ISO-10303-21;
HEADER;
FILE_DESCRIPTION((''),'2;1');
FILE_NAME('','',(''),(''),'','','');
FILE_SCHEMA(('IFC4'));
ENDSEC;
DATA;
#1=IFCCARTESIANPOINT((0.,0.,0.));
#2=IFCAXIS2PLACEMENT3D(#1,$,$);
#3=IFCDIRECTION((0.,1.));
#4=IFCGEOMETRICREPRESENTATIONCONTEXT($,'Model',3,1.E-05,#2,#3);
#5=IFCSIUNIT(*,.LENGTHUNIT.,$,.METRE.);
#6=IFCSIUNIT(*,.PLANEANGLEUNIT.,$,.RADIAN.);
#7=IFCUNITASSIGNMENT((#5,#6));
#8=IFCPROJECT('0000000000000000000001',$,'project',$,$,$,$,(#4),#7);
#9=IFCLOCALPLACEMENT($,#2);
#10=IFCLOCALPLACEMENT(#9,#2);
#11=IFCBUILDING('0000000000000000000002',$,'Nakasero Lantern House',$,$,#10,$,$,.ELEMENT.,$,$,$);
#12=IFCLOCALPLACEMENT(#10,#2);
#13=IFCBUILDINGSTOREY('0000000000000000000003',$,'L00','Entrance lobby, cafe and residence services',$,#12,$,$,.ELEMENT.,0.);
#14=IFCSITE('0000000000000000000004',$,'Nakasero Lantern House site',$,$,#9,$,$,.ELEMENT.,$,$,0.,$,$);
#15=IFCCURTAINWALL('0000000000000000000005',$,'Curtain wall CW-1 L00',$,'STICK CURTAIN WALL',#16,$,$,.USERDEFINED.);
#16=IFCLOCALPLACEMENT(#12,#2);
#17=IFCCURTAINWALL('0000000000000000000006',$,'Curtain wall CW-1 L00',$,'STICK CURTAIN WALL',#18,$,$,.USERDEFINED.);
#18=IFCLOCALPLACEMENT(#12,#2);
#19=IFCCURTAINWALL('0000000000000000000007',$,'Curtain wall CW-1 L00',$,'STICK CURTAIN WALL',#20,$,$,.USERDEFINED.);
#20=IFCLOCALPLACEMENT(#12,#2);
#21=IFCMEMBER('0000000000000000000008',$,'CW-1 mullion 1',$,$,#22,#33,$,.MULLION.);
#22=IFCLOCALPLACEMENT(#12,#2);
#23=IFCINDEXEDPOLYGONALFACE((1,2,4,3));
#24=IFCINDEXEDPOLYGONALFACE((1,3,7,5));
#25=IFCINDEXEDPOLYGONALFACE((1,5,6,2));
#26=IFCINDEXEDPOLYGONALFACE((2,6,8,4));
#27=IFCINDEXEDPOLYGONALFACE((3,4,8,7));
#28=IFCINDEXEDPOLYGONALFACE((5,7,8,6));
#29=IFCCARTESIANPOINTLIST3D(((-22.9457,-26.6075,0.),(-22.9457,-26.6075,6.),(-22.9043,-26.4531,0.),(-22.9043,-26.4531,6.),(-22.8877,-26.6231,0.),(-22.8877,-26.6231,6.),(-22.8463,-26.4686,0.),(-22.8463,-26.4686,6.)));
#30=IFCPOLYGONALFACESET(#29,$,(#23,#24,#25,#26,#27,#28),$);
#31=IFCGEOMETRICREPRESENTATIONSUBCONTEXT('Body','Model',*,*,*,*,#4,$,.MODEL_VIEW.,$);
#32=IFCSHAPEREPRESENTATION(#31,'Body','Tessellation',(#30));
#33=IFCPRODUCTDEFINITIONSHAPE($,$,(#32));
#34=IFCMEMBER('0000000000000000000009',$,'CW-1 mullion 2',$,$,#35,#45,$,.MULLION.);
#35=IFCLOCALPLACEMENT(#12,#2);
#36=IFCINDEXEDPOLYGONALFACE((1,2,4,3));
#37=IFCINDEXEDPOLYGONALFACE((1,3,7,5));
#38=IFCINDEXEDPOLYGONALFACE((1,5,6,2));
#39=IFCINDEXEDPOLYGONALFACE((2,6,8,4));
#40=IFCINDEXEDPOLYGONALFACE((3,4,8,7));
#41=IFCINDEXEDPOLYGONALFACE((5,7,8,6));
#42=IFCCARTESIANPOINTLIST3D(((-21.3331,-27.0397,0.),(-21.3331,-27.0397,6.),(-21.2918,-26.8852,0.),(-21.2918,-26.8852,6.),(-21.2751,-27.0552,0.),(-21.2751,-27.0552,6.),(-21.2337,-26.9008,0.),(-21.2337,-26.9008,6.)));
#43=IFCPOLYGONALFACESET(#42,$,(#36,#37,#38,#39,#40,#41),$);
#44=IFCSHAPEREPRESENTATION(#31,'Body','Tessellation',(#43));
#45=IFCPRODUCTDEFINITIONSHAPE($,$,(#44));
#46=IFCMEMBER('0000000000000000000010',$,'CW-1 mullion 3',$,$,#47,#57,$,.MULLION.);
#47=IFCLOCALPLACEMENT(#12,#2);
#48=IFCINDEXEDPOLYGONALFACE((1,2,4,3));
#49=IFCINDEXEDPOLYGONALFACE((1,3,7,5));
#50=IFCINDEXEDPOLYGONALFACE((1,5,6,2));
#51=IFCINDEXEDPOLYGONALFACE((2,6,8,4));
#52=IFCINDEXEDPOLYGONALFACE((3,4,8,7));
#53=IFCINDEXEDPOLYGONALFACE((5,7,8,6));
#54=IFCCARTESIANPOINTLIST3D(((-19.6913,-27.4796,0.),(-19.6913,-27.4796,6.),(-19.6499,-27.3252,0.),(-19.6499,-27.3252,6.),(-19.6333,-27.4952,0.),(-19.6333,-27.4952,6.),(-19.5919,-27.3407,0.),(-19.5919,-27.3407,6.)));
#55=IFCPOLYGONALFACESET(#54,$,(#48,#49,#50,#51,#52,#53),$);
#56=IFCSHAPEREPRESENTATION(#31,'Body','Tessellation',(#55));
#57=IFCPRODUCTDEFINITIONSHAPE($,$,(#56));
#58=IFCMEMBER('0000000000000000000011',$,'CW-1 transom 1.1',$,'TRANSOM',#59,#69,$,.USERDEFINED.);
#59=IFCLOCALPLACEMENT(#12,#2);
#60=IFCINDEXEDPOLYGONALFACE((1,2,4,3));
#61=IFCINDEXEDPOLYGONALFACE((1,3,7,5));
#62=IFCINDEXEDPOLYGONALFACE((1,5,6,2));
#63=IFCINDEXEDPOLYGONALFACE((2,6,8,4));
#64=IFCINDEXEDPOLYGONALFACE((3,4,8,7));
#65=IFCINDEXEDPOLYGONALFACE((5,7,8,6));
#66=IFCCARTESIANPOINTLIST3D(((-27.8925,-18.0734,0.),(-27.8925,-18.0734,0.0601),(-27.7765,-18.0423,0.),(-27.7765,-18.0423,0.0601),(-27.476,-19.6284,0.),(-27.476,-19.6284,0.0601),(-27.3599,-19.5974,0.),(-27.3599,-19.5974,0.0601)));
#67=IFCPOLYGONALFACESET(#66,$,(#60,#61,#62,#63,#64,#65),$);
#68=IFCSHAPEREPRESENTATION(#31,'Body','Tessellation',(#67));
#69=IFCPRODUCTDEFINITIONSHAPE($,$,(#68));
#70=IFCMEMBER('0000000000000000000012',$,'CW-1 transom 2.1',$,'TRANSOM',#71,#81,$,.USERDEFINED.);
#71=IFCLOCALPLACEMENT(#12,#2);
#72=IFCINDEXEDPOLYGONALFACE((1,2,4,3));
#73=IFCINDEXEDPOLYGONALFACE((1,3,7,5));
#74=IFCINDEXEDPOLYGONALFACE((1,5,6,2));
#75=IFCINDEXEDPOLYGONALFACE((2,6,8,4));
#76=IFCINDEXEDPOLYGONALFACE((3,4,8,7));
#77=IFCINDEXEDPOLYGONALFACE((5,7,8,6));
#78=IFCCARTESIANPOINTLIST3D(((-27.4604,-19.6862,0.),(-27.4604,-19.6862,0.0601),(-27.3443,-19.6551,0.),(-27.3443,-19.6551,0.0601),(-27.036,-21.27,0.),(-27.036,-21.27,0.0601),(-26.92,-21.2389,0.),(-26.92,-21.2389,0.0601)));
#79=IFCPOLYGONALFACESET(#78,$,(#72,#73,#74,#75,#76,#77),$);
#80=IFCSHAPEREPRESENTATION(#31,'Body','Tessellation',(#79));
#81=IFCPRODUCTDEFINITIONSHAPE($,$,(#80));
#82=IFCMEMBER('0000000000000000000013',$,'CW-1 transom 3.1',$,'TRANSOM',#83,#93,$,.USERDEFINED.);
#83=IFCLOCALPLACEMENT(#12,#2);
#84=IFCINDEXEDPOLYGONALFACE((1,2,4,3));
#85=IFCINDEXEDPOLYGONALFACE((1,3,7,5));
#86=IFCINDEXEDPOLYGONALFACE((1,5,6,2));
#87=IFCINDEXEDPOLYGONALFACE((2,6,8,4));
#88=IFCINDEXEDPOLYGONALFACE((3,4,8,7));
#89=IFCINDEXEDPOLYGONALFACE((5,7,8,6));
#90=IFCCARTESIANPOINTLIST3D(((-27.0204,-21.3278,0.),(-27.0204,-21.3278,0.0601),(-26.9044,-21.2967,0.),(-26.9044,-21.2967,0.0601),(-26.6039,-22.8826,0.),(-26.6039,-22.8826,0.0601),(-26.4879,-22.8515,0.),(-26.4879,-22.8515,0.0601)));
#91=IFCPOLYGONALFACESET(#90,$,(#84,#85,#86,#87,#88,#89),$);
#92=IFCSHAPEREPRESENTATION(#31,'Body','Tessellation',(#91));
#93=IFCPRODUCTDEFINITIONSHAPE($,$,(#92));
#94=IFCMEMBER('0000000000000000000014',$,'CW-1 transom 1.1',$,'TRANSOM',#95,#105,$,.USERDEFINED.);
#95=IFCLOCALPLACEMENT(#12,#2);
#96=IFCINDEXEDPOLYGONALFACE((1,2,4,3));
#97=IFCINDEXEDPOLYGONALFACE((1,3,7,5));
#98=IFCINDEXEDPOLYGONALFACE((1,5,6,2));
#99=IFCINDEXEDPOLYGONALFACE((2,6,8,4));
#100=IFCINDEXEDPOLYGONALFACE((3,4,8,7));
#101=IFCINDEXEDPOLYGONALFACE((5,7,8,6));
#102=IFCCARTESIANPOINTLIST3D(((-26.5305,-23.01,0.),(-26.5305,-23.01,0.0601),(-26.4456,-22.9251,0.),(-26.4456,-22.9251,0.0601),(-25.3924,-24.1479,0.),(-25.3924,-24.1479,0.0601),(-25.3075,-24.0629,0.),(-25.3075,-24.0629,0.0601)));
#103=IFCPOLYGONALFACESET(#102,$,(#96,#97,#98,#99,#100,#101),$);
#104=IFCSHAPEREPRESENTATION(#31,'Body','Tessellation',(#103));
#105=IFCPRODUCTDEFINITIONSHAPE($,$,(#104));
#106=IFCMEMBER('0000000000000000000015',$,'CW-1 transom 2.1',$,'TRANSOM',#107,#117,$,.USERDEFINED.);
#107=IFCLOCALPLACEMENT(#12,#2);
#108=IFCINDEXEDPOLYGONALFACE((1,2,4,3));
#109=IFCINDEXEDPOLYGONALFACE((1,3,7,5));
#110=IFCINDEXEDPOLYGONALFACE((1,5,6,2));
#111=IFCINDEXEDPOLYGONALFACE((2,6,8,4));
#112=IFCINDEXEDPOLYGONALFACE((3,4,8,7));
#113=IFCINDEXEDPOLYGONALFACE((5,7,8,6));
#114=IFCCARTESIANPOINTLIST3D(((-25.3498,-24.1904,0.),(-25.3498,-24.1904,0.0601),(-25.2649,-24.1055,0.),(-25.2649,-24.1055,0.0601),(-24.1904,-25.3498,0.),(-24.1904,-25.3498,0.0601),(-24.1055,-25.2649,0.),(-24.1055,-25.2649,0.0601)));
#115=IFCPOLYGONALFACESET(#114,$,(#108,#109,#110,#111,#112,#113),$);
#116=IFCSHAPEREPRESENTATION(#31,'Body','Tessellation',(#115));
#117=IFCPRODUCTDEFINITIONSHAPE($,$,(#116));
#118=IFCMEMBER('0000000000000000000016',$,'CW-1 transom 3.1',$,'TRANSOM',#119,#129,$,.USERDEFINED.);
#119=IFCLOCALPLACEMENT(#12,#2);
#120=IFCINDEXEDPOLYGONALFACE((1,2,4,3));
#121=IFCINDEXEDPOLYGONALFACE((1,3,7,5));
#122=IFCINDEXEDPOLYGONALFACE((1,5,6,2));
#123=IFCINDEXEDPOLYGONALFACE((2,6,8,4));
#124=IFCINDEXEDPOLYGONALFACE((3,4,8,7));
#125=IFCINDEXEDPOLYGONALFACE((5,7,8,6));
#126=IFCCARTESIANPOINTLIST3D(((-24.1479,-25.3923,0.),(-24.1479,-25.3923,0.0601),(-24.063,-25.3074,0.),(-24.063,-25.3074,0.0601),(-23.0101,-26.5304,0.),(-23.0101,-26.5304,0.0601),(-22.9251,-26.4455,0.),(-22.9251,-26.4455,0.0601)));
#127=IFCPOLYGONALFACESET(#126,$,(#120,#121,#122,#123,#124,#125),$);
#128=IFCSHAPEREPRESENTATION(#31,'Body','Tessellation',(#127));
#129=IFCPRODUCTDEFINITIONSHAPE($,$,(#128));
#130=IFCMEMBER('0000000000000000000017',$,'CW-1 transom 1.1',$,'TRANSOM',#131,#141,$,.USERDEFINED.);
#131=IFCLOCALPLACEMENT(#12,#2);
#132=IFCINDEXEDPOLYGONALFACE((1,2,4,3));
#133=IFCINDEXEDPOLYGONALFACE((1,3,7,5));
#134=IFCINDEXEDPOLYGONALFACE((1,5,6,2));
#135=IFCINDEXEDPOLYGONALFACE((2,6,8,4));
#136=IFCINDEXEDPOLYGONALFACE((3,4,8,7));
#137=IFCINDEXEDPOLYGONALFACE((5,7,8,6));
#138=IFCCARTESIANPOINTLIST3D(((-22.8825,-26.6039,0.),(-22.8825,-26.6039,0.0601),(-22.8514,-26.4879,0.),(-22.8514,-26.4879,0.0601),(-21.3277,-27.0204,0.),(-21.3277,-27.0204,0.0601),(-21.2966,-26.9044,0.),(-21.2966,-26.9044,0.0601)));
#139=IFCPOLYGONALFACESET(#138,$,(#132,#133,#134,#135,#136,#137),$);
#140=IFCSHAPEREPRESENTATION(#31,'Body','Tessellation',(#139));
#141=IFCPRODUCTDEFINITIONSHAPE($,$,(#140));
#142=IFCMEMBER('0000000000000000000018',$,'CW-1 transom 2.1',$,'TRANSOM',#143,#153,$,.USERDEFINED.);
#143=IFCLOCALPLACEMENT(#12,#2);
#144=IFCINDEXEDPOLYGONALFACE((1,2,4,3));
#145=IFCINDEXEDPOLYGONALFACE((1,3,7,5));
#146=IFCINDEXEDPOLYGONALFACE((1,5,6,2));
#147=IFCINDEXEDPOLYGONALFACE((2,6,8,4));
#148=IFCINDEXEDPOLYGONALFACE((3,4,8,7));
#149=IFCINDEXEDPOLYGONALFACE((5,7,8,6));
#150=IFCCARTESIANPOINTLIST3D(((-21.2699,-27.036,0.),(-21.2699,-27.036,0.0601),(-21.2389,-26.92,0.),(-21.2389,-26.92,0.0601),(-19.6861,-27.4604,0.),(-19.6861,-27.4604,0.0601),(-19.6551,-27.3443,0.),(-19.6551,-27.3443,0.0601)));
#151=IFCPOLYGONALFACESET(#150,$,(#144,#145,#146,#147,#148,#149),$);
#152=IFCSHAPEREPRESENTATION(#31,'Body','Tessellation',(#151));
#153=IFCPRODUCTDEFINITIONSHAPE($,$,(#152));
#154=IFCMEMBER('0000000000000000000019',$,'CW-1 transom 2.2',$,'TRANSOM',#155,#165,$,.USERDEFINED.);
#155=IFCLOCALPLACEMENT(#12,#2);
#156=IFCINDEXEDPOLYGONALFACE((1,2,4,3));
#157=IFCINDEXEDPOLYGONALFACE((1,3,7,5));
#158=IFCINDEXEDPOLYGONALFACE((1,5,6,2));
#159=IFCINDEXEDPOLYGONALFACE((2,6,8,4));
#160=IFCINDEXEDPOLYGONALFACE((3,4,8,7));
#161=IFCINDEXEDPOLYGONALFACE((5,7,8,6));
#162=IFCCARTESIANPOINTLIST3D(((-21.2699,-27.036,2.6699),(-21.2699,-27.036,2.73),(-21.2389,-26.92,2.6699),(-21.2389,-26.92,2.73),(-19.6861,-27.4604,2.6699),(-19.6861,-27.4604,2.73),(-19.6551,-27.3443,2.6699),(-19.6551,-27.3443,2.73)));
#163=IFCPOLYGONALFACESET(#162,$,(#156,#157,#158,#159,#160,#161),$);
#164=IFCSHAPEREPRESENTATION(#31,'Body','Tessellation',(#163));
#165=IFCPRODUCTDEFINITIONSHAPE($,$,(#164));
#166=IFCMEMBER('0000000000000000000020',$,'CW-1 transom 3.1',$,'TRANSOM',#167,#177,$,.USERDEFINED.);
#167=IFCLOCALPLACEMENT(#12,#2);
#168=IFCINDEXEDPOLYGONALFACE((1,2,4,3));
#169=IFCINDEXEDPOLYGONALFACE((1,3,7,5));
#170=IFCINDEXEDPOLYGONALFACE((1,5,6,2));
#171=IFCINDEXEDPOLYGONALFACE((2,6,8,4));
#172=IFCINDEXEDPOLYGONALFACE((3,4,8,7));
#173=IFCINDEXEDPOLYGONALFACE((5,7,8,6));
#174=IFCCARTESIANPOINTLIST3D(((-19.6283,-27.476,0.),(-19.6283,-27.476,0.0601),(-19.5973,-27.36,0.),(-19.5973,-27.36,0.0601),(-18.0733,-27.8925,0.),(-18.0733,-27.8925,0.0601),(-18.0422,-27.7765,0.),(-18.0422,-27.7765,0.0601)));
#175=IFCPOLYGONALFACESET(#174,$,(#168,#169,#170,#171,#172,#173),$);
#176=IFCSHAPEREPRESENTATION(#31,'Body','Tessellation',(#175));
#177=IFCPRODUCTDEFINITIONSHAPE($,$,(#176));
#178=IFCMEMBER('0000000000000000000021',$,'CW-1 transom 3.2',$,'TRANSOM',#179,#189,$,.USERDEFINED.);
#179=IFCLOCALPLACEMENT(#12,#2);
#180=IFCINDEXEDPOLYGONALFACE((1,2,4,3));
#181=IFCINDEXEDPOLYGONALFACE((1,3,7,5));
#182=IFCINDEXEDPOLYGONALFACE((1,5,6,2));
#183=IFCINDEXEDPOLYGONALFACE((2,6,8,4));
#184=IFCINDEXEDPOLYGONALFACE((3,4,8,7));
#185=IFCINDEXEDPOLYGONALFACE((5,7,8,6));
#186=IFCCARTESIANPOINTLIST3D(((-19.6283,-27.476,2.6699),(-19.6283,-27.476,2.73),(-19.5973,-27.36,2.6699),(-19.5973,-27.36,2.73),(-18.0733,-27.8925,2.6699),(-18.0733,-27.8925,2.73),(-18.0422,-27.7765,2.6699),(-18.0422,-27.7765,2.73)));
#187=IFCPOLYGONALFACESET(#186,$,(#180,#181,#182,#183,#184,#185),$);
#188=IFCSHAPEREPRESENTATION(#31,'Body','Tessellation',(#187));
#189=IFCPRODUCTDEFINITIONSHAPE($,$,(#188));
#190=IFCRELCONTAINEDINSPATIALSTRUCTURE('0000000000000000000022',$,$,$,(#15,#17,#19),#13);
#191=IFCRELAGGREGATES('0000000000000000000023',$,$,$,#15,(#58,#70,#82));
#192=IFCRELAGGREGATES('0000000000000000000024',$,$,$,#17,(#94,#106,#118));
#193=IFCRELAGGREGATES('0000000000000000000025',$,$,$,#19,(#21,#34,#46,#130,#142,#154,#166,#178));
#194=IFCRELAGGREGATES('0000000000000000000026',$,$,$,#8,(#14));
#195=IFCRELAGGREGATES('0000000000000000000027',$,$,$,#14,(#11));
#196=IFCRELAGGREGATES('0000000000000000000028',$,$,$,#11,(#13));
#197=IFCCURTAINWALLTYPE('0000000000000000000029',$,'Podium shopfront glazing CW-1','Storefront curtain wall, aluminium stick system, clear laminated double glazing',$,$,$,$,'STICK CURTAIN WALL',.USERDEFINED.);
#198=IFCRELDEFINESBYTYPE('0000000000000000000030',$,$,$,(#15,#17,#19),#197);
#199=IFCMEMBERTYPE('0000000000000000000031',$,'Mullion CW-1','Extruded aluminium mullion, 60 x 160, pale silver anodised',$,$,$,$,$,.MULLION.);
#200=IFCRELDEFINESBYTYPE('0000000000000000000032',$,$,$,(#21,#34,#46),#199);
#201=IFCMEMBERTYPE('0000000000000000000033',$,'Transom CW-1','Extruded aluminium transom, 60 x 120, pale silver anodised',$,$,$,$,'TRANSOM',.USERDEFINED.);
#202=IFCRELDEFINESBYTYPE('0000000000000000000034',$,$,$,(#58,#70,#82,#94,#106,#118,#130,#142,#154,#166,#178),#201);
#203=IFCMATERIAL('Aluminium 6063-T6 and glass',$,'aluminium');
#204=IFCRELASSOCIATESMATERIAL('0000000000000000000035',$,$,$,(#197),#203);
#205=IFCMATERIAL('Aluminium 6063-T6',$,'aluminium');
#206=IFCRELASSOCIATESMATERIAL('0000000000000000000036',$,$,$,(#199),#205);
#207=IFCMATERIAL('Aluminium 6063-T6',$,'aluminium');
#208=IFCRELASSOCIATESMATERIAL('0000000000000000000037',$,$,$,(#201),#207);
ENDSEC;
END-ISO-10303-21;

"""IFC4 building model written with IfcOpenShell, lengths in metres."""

from ifc_helpers import new_model, si_unit, direction, frame, origin, origin_2d, place, context, subcontext, project, spatial, rectangle, extrude, material, material_profile, profile_set, type_object, element, aggregate, save


model = new_model("IFC4")

# Units and contexts
model_context = context("Model", 3, precision=1e-05, world=origin(), true_north=direction((0.0, 1.0)))
body_context = subcontext(model_context, "Body", "Model", "MODEL_VIEW")
ifc_project = project(units=[si_unit("LENGTHUNIT", "METRE"), si_unit("PLANEANGLEUNIT", "RADIAN")], contexts=[model_context])

# Site, building, storey
site_placement = place(None, origin())
site = spatial("IfcSite", under=ifc_project, at=site_placement, Name="Nakasero Lantern House site", CompositionType="ELEMENT", RefElevation=0.0)
building_placement = place(site_placement, origin())
building = spatial("IfcBuilding", under=site, at=building_placement, Name="Nakasero Lantern House", CompositionType="ELEMENT")
storey_placement = place(building_placement, origin())
storey = spatial("IfcBuildingStorey", under=building, at=storey_placement, Name="L00", Description="Entrance lobby, cafe and residence services", CompositionType="ELEMENT", Elevation=0.0)

# Curtain walls, members
ifc_material_1 = material(Name="Aluminium 6063-T6 and glass", Category="aluminium")
curtain_wall_type = type_object("IfcCurtainWallType", Name="Podium shopfront glazing CW-1", Description="Storefront curtain wall, aluminium stick system, clear laminated double glazing", ElementType="STICK CURTAIN WALL", PredefinedType="USERDEFINED", material=ifc_material_1)
curtain_wall_1_placement = place(storey_placement, origin())
curtain_wall_1 = element("IfcCurtainWall", 1, at=curtain_wall_1_placement, inside=storey, type_object=curtain_wall_type, Name="Curtain wall CW-1 L00", ObjectType="STICK CURTAIN WALL", PredefinedType="USERDEFINED")
ifc_material_2 = material(Name="Aluminium 6063-T6", Category="aluminium")
ifc_material_profile_1 = material_profile(ifc_material_2, rectangle(XDim=0.0601, YDim=0.1599, at=origin_2d()), Name="CW-1 mullion 60x160")
ifc_profile_set_1 = profile_set([ifc_material_profile_1], Name="Aluminium 6063-T6")
member_type_1 = type_object("IfcMemberType", Name="Mullion CW-1", Description="Extruded aluminium mullion, 60 x 160, pale silver anodised", PredefinedType="MULLION", material=ifc_profile_set_1)
curtain_wall_2_placement = place(storey_placement, origin())
curtain_wall_2 = element("IfcCurtainWall", 2, at=curtain_wall_2_placement, inside=storey, type_object=curtain_wall_type, Name="Curtain wall CW-1 L00", ObjectType="STICK CURTAIN WALL", PredefinedType="USERDEFINED")
curtain_wall_3_placement = place(storey_placement, origin())
curtain_wall_3 = element("IfcCurtainWall", 3, at=curtain_wall_3_placement, inside=storey, type_object=curtain_wall_type, Name="Curtain wall CW-1 L00", ObjectType="STICK CURTAIN WALL", PredefinedType="USERDEFINED")
member_1_placement = place(storey_placement, frame((-22.896, -26.5381, 0.0), z_axis=(0.0, 0.0, 1.0), x_axis=(0.965926, -0.258819, 0.0)))
member_1 = element("IfcMember", 4, at=member_1_placement, type_object=member_type_1, Name="CW-1 mullion 1", PredefinedType="MULLION", context=body_context, shape_type="SweptSolid", body=[
    extrude(rectangle(XDim=0.0601, YDim=0.1599, at=origin_2d()), origin(), (0.0, 0.0, 1.0), 6.0),
])
member_2_placement = place(storey_placement, frame((-21.2834, -26.9702, 0.0), z_axis=(0.0, 0.0, 1.0), x_axis=(0.965926, -0.258819, 0.0)))
member_2 = element("IfcMember", 5, at=member_2_placement, type_object=member_type_1, Name="CW-1 mullion 2", PredefinedType="MULLION", context=body_context, shape_type="SweptSolid", body=[
    extrude(rectangle(XDim=0.0601, YDim=0.1599, at=origin_2d()), origin(), (0.0, 0.0, 1.0), 6.0),
])
member_3_placement = place(storey_placement, frame((-19.6416, -27.4102, 0.0), z_axis=(0.0, 0.0, 1.0), x_axis=(0.965926, -0.258819, 0.0)))
member_3 = element("IfcMember", 6, at=member_3_placement, type_object=member_type_1, Name="CW-1 mullion 3", PredefinedType="MULLION", context=body_context, shape_type="SweptSolid", body=[
    extrude(rectangle(XDim=0.0601, YDim=0.1599, at=origin_2d()), origin(), (0.0, 0.0, 1.0), 6.0),
])

# Members
ifc_material_3 = material(Name="Aluminium 6063-T6", Category="aluminium")
ifc_material_profile_2 = material_profile(ifc_material_3, rectangle(XDim=0.0601, YDim=0.1201, at=origin_2d()), Name="CW-1 transom 60x120")
ifc_profile_set_2 = profile_set([ifc_material_profile_2], Name="Aluminium 6063-T6")
member_type_2 = type_object("IfcMemberType", Name="Transom CW-1", Description="Extruded aluminium transom, 60 x 120, pale silver anodised", ElementType="TRANSOM", PredefinedType="USERDEFINED", material=ifc_profile_set_2)
member_4_placement = place(storey_placement, frame((-27.8345, -18.0579, 0.03), z_axis=(0.258739, -0.965947, 0.0), x_axis=(0.0, 0.0, 1.0)))
member_4 = element("IfcMember", 7, at=member_4_placement, type_object=member_type_2, Name="CW-1 transom 1.1", ObjectType="TRANSOM", PredefinedType="USERDEFINED", context=body_context, shape_type="SweptSolid", body=[
    extrude(rectangle(XDim=0.0601, YDim=0.1201, at=origin_2d()), origin(), (0.0, 0.0, 1.0), 1.6099),
])
member_5_placement = place(storey_placement, frame((-27.4023, -19.6707, 0.03), z_axis=(0.258793, -0.965933, 0.0), x_axis=(0.0, 0.0, 1.0)))
member_5 = element("IfcMember", 8, at=member_5_placement, type_object=member_type_2, Name="CW-1 transom 2.1", ObjectType="TRANSOM", PredefinedType="USERDEFINED", context=body_context, shape_type="SweptSolid", body=[
    extrude(rectangle(XDim=0.0601, YDim=0.1201, at=origin_2d()), origin(), (0.0, 0.0, 1.0), 1.6396),
])
member_6_placement = place(storey_placement, frame((-26.9624, -21.3123, 0.03), z_axis=(0.258777, -0.965937, 0.0), x_axis=(0.0, 0.0, 1.0)))
member_6 = element("IfcMember", 9, at=member_6_placement, type_object=member_type_2, Name="CW-1 transom 3.1", ObjectType="TRANSOM", PredefinedType="USERDEFINED", context=body_context, shape_type="SweptSolid", body=[
    extrude(rectangle(XDim=0.0601, YDim=0.1201, at=origin_2d()), origin(), (0.0, 0.0, 1.0), 1.6096),
])
member_7_placement = place(storey_placement, frame((-26.488, -22.9675, 0.03), z_axis=(0.707183, -0.707031, 0.0), x_axis=(0.0, 0.0, 1.0)))
member_7 = element("IfcMember", 10, at=member_7_placement, type_object=member_type_2, Name="CW-1 transom 1.1", ObjectType="TRANSOM", PredefinedType="USERDEFINED", context=body_context, shape_type="SweptSolid", body=[
    extrude(rectangle(XDim=0.0601, YDim=0.1201, at=origin_2d()), origin(), (0.0, 0.0, 1.0), 1.6094),
])
member_8_placement = place(storey_placement, frame((-25.3074, -24.1479, 0.03), z_axis=(0.707107, -0.707107, 0.0), x_axis=(0.0, 0.0, 1.0)))
member_8 = element("IfcMember", 11, at=member_8_placement, type_object=member_type_2, Name="CW-1 transom 2.1", ObjectType="TRANSOM", PredefinedType="USERDEFINED", context=body_context, shape_type="SweptSolid", body=[
    extrude(rectangle(XDim=0.0601, YDim=0.1201, at=origin_2d()), origin(), (0.0, 0.0, 1.0), 1.6396),
])
member_9_placement = place(storey_placement, frame((-24.1055, -25.3499, 0.03), z_axis=(0.707031, -0.707183, 0.0), x_axis=(0.0, 0.0, 1.0)))
member_9 = element("IfcMember", 12, at=member_9_placement, type_object=member_type_2, Name="CW-1 transom 3.1", ObjectType="TRANSOM", PredefinedType="USERDEFINED", context=body_context, shape_type="SweptSolid", body=[
    extrude(rectangle(XDim=0.0601, YDim=0.1201, at=origin_2d()), origin(), (0.0, 0.0, 1.0), 1.6094),
])
member_10_placement = place(storey_placement, frame((-22.8669, -26.5459, 0.03), z_axis=(0.965937, -0.258777, 0.0), x_axis=(0.0, 0.0, 1.0)))
member_10 = element("IfcMember", 13, at=member_10_placement, type_object=member_type_2, Name="CW-1 transom 1.1", ObjectType="TRANSOM", PredefinedType="USERDEFINED", context=body_context, shape_type="SweptSolid", body=[
    extrude(rectangle(XDim=0.0601, YDim=0.1201, at=origin_2d()), origin(), (0.0, 0.0, 1.0), 1.6096),
])
member_11_placement = place(storey_placement, frame((-21.2544, -26.978, 0.03), z_axis=(0.965933, -0.258793, 0.0), x_axis=(0.0, 0.0, 1.0)))
member_11 = element("IfcMember", 14, at=member_11_placement, type_object=member_type_2, Name="CW-1 transom 2.1", ObjectType="TRANSOM", PredefinedType="USERDEFINED", context=body_context, shape_type="SweptSolid", body=[
    extrude(rectangle(XDim=0.0601, YDim=0.1201, at=origin_2d()), origin(), (0.0, 0.0, 1.0), 1.6396),
])
member_12_placement = place(storey_placement, frame((-21.2544, -26.978, 2.7), z_axis=(0.965933, -0.258793, 0.0), x_axis=(0.0, 0.0, 1.0)))
member_12 = element("IfcMember", 15, at=member_12_placement, type_object=member_type_2, Name="CW-1 transom 2.2", ObjectType="TRANSOM", PredefinedType="USERDEFINED", context=body_context, shape_type="SweptSolid", body=[
    extrude(rectangle(XDim=0.0601, YDim=0.1201, at=origin_2d()), origin(), (0.0, 0.0, 1.0), 1.6396),
])
member_13_placement = place(storey_placement, frame((-19.6128, -27.418, 0.03), z_axis=(0.965947, -0.258739, 0.0), x_axis=(0.0, 0.0, 1.0)))
member_13 = element("IfcMember", 16, at=member_13_placement, type_object=member_type_2, Name="CW-1 transom 3.1", ObjectType="TRANSOM", PredefinedType="USERDEFINED", context=body_context, shape_type="SweptSolid", body=[
    extrude(rectangle(XDim=0.0601, YDim=0.1201, at=origin_2d()), origin(), (0.0, 0.0, 1.0), 1.6099),
])
member_14_placement = place(storey_placement, frame((-19.6128, -27.418, 2.7), z_axis=(0.965947, -0.258739, 0.0), x_axis=(0.0, 0.0, 1.0)))
member_14 = element("IfcMember", 17, at=member_14_placement, type_object=member_type_2, Name="CW-1 transom 3.2", ObjectType="TRANSOM", PredefinedType="USERDEFINED", context=body_context, shape_type="SweptSolid", body=[
    extrude(rectangle(XDim=0.0601, YDim=0.1201, at=origin_2d()), origin(), (0.0, 0.0, 1.0), 1.6099),
])

aggregate(curtain_wall_1, [member_4, member_5, member_6])
aggregate(curtain_wall_2, [member_7, member_8, member_9])
aggregate(curtain_wall_3, [member_1, member_2, member_3, member_10, member_11, member_12, member_13, member_14])

save(model, "model.ifc")
